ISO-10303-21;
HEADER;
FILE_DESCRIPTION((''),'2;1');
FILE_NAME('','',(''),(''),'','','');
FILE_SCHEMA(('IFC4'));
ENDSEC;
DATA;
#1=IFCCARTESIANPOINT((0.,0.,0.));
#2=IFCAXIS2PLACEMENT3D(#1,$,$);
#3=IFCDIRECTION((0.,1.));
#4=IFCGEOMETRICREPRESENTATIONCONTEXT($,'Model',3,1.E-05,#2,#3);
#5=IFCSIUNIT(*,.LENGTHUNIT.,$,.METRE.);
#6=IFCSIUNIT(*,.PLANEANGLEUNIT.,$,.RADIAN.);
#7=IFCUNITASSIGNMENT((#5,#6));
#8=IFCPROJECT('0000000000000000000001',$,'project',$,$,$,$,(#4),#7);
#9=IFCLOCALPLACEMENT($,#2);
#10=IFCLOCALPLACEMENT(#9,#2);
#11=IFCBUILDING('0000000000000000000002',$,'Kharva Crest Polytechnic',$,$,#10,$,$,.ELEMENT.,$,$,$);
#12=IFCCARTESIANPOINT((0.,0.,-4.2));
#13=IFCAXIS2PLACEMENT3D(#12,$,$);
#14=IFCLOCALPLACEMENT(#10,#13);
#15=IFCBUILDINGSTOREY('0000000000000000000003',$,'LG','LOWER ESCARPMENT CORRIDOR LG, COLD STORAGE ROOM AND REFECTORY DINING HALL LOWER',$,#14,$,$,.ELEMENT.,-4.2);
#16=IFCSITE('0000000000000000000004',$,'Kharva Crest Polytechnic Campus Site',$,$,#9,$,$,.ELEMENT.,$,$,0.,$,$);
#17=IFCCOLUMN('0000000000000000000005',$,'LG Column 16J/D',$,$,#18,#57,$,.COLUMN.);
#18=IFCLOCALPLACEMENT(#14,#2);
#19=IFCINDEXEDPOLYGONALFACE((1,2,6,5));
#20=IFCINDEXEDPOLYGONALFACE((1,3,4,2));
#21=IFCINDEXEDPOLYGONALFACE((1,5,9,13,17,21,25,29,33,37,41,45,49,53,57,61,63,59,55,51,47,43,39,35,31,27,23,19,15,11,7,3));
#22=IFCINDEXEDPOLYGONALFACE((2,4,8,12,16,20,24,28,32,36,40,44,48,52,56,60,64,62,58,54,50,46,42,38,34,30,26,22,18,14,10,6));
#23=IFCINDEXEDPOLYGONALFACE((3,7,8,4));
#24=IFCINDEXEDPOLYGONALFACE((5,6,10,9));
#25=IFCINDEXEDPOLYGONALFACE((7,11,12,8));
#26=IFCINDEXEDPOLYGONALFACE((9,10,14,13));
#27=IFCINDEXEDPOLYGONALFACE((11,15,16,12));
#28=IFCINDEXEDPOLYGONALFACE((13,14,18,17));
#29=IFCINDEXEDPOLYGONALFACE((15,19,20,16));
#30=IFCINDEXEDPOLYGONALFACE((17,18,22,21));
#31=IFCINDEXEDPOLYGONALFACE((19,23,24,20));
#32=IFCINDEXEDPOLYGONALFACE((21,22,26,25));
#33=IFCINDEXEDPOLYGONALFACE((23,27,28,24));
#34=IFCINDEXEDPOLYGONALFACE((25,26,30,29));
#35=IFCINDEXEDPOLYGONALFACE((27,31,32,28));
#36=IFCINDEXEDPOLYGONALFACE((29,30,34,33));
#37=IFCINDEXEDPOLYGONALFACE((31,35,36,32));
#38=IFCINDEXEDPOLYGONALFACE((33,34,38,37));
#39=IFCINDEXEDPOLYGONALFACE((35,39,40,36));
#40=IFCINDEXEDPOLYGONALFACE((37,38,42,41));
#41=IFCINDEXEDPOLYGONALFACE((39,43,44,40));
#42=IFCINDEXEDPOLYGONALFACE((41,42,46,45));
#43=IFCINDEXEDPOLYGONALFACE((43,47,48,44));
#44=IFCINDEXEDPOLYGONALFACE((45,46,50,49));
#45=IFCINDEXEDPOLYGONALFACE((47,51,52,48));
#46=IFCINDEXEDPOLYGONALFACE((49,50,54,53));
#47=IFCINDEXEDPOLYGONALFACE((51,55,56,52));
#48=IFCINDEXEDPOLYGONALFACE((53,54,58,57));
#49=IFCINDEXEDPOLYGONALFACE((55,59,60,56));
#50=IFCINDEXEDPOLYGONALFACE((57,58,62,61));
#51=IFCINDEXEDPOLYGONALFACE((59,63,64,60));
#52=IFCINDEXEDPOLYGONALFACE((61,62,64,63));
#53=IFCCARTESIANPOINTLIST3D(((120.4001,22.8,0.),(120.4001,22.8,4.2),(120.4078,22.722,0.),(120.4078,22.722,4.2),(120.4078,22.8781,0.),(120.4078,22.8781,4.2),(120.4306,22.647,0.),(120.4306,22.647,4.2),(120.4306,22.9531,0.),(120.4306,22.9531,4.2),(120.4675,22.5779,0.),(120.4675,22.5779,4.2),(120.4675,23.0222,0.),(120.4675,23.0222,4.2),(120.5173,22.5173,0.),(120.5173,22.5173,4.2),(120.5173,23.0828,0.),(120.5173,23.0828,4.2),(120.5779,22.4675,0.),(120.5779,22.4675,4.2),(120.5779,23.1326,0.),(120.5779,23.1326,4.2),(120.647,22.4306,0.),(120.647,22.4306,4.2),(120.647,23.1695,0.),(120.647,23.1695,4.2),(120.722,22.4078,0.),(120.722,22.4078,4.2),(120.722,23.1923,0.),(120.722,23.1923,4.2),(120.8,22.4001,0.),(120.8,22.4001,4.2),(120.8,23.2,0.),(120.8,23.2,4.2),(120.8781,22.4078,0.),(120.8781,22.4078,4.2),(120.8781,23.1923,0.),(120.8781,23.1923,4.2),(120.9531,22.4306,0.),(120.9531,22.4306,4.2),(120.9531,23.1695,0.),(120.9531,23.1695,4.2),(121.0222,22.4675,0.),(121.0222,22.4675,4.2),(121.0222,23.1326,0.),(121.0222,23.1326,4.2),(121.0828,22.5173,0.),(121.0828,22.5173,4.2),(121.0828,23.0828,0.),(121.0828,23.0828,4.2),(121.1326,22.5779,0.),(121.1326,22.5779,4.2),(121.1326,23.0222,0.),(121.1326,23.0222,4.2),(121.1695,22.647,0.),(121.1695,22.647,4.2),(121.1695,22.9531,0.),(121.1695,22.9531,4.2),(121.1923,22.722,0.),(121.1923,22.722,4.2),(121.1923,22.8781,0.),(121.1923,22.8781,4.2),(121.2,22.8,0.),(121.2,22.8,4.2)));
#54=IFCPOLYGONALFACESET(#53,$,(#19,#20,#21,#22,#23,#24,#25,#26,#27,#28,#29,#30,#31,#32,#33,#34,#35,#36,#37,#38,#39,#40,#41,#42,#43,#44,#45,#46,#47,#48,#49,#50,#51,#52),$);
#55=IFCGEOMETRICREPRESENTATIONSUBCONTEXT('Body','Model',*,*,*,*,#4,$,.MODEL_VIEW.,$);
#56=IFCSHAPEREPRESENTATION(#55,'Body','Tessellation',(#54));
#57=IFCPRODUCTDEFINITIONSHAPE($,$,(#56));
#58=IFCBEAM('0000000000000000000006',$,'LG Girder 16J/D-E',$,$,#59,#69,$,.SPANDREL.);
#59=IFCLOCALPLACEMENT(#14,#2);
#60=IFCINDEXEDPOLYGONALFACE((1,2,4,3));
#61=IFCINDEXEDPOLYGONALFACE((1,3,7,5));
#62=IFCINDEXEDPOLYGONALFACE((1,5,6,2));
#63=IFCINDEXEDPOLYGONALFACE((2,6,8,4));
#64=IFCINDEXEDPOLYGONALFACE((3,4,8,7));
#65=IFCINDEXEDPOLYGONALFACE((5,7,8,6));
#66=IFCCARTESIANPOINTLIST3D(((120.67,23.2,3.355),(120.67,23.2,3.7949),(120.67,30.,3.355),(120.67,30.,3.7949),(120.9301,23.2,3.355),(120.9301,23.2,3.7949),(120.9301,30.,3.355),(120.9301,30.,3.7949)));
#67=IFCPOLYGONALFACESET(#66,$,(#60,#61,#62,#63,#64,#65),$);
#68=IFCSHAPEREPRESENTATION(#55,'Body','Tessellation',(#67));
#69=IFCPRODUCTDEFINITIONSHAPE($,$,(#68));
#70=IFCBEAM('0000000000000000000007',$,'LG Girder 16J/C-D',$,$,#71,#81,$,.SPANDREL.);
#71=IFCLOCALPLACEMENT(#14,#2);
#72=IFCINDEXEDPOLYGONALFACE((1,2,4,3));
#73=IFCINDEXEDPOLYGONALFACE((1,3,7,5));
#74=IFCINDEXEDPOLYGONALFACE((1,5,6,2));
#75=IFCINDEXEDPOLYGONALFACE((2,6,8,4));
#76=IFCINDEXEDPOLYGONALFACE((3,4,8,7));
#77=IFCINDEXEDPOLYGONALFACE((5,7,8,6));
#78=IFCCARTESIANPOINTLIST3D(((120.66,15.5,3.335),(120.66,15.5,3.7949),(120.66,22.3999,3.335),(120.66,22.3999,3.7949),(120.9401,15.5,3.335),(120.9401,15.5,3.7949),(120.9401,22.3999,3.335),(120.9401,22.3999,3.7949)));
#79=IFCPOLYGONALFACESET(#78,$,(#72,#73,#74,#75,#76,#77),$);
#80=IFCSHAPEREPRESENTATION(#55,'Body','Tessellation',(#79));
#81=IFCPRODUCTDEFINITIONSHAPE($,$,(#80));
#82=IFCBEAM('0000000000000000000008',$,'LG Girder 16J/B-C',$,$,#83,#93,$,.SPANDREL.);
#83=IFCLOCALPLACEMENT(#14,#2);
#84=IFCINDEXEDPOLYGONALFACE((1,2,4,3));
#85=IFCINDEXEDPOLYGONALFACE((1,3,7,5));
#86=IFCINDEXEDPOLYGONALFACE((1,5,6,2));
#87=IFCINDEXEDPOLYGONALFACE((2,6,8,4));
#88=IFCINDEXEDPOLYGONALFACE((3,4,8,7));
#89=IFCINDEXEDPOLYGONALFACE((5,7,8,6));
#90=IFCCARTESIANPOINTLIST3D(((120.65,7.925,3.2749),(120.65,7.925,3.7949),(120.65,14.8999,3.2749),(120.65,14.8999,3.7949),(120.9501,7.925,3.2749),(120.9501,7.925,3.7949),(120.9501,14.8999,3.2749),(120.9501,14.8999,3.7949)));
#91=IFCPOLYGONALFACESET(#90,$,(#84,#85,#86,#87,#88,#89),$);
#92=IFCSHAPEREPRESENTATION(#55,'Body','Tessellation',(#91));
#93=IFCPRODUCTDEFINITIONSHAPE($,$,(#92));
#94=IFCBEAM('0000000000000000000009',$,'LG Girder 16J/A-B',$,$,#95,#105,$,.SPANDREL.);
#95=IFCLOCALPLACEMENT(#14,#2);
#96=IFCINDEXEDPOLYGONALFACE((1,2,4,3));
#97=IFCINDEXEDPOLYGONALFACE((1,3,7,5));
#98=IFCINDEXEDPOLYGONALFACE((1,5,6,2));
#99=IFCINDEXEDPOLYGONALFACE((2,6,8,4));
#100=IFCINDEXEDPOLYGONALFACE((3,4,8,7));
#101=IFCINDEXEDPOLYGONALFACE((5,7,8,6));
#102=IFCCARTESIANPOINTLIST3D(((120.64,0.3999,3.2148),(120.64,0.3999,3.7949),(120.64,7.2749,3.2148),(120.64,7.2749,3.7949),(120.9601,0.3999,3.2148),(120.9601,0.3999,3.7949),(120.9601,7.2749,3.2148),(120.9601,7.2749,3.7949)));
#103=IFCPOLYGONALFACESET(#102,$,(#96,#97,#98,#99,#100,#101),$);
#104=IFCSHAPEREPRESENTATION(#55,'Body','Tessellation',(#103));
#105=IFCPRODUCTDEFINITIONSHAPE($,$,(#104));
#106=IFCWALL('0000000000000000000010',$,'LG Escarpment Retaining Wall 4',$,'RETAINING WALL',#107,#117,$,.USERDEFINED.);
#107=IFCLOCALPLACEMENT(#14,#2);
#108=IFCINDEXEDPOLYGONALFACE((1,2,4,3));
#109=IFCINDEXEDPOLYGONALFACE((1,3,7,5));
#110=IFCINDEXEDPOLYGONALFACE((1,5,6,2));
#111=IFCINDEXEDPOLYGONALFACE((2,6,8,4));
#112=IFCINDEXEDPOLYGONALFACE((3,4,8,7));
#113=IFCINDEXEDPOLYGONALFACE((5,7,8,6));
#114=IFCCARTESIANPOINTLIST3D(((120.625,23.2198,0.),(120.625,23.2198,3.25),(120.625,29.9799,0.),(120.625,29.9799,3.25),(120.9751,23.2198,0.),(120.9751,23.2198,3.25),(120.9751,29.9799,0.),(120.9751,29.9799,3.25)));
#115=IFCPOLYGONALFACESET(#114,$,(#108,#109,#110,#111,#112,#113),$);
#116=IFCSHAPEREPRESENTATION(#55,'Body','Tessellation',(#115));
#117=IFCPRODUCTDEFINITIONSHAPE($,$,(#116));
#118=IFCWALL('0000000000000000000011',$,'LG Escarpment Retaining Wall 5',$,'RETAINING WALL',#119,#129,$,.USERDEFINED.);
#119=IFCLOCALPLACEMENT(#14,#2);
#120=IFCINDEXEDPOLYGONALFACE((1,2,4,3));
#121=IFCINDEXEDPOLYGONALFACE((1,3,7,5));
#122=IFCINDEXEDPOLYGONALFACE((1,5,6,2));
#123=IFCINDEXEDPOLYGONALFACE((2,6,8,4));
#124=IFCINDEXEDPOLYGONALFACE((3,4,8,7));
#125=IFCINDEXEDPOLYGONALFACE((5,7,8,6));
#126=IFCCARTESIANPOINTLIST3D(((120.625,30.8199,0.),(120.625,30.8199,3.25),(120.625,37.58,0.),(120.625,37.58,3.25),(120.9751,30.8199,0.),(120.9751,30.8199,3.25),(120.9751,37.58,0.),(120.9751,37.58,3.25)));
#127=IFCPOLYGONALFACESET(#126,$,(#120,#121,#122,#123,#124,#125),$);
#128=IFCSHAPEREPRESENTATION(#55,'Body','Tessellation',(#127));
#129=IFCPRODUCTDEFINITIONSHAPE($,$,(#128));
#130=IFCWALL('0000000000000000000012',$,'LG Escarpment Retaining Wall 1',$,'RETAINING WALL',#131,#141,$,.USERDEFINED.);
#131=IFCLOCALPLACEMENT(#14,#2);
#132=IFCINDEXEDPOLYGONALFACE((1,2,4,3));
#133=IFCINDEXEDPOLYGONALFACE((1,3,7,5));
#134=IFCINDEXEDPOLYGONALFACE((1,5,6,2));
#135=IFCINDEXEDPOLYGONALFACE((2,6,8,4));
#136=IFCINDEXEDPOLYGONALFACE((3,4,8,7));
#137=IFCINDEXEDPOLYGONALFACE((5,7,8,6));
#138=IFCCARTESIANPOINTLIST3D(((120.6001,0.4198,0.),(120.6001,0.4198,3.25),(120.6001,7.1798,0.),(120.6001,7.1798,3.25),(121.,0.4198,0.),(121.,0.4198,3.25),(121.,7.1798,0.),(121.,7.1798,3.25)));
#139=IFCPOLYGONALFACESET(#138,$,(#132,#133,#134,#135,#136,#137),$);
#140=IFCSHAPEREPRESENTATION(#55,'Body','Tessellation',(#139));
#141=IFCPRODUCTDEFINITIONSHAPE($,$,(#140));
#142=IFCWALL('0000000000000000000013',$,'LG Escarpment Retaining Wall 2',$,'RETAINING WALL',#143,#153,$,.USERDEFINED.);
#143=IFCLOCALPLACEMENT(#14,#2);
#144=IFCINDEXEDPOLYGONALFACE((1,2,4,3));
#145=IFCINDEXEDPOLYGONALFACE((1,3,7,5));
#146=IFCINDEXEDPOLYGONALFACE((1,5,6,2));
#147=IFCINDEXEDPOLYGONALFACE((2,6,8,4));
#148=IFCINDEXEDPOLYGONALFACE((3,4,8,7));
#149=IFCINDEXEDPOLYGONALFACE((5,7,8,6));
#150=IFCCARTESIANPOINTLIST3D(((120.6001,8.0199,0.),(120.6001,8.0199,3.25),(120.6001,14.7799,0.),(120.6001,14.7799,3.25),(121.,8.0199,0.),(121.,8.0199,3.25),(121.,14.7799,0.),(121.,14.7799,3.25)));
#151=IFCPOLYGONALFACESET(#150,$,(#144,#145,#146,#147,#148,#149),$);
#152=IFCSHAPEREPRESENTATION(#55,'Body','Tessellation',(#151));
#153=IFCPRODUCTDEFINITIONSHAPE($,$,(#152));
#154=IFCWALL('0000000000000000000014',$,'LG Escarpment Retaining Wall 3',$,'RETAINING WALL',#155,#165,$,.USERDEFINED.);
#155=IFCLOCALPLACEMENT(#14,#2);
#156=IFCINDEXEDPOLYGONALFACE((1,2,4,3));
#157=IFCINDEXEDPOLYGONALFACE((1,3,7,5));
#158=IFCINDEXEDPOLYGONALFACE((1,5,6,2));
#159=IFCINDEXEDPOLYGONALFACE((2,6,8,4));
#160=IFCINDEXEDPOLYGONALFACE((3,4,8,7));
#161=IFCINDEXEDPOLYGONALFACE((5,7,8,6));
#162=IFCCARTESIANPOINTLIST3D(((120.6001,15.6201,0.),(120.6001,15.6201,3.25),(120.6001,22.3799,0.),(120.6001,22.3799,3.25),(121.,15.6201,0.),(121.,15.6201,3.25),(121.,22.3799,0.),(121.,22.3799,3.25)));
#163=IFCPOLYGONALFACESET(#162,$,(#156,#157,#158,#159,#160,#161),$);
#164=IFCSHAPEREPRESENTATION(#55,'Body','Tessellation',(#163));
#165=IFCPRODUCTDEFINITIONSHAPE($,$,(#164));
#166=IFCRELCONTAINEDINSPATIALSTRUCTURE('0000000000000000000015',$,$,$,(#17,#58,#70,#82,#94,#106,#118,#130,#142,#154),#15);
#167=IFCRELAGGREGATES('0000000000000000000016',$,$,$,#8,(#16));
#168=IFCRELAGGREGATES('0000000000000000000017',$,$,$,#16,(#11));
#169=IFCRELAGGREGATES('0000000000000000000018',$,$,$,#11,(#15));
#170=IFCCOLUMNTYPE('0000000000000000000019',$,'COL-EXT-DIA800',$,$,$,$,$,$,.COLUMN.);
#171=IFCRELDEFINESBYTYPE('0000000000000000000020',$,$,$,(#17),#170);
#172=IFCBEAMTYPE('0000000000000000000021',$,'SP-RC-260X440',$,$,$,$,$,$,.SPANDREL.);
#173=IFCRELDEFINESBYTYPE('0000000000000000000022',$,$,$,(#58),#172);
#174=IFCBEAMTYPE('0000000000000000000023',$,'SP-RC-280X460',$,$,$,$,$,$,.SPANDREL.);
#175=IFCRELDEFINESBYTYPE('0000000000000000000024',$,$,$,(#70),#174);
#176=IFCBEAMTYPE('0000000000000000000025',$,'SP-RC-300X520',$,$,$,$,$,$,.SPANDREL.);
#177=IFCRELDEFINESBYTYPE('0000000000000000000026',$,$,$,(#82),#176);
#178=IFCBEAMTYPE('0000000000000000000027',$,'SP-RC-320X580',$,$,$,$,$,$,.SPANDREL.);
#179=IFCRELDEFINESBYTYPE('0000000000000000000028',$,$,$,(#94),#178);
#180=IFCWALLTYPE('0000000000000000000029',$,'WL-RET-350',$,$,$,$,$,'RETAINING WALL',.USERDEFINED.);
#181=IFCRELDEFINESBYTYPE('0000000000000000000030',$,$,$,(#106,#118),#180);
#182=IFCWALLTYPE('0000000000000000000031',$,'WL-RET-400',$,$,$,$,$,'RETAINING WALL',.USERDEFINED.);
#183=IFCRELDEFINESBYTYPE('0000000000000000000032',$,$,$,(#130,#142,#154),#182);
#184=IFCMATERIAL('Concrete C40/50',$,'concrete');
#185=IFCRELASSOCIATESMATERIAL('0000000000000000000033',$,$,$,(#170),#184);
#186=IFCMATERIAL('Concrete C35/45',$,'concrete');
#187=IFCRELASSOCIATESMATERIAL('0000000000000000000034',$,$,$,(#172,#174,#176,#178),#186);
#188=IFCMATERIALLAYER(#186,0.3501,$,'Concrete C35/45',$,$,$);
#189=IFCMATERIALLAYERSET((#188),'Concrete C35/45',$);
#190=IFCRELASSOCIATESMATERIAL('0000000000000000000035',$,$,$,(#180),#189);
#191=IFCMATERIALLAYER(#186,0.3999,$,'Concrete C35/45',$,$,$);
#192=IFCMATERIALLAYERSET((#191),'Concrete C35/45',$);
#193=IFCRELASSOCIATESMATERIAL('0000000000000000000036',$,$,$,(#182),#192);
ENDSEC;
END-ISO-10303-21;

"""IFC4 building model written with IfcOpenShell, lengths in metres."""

from ifc_helpers import new_model, si_unit, direction, frame, frame_2d, origin, origin_2d, place, context, subcontext, project, spatial, rectangle, circle, extrude, material, layer, layer_set, material_profile, profile_set, type_object, element, save


model = new_model("IFC4")

# Units and contexts
model_context = context("Model", 3, precision=1e-05, world=origin(), true_north=direction((0.0, 1.0)))
body_context = subcontext(model_context, "Body", "Model", "MODEL_VIEW")
ifc_project = project(units=[si_unit("LENGTHUNIT", "METRE"), si_unit("PLANEANGLEUNIT", "RADIAN")], contexts=[model_context])

# Site, building, storey
site_placement = place(None, origin())
site = spatial("IfcSite", under=ifc_project, at=site_placement, Name="Kharva Crest Polytechnic Campus Site", CompositionType="ELEMENT", RefElevation=0.0)
building_placement = place(site_placement, origin())
building = spatial("IfcBuilding", under=site, at=building_placement, Name="Kharva Crest Polytechnic", CompositionType="ELEMENT")
storey_placement = place(building_placement, frame((0.0, 0.0, -4.2)))
storey = spatial("IfcBuildingStorey", under=building, at=storey_placement, Name="LG", Description="LOWER ESCARPMENT CORRIDOR LG, COLD STORAGE ROOM AND REFECTORY DINING HALL LOWER", CompositionType="ELEMENT", Elevation=-4.2)

# Shared definitions
ifc_material_1 = material(Name="Concrete C35/45", Category="concrete")

# Column
ifc_material_2 = material(Name="Concrete C40/50", Category="concrete")
ifc_material_profile_1 = material_profile(ifc_material_2, circle(Radius=0.3999, at=origin_2d()), Name="DIA 800")
ifc_profile_set_1 = profile_set([ifc_material_profile_1], Name="Concrete C40/50")
column_type_1 = type_object("IfcColumnType", Name="COL-EXT-DIA800", PredefinedType="COLUMN", material=ifc_profile_set_1)
column_1_placement = place(storey_placement, frame((120.8, 22.8, 0.0), z_axis=(0.0, 0.0, 1.0), x_axis=(1.0, 0.0, 0.0)))
element("IfcColumn", 1, at=column_1_placement, inside=storey, type_object=column_type_1, Name="LG Column 16J/D", PredefinedType="COLUMN", context=body_context, shape_type="SweptSolid", body=[
    extrude(circle(Radius=0.3999, at=origin_2d()), origin(), (0.0, 0.0, 1.0), 4.2),
])

# Beams
ifc_material_profile_2 = material_profile(ifc_material_1, rectangle(XDim=0.26, YDim=0.4399, at=origin_2d()), Name="RECT 260 X 440")
ifc_profile_set_2 = profile_set([ifc_material_profile_2], Name="Concrete C35/45")
beam_type_1 = type_object("IfcBeamType", Name="SP-RC-260X440", PredefinedType="SPANDREL", material=ifc_profile_set_2)
beam_1_placement = place(storey_placement, frame((120.8, 23.2, 3.575), z_axis=(0.0, 1.0, 0.0), x_axis=(-1.0, 0.0, 0.0)))
element("IfcBeam", 2, at=beam_1_placement, inside=storey, type_object=beam_type_1, Name="LG Girder 16J/D-E", PredefinedType="SPANDREL", context=body_context, shape_type="SweptSolid", body=[
    extrude(rectangle(XDim=0.26, YDim=0.4399, at=origin_2d()), origin(), (0.0, 0.0, 1.0), 6.8),
])
ifc_material_profile_3 = material_profile(ifc_material_1, rectangle(XDim=0.28, YDim=0.46, at=origin_2d()), Name="RECT 280 X 460")
ifc_profile_set_3 = profile_set([ifc_material_profile_3], Name="Concrete C35/45")
beam_type_2 = type_object("IfcBeamType", Name="SP-RC-280X460", PredefinedType="SPANDREL", material=ifc_profile_set_3)
beam_2_placement = place(storey_placement, frame((120.8, 15.5, 3.5649), z_axis=(0.0, 1.0, 0.0), x_axis=(-1.0, 0.0, 0.0)))
element("IfcBeam", 3, at=beam_2_placement, inside=storey, type_object=beam_type_2, Name="LG Girder 16J/C-D", PredefinedType="SPANDREL", context=body_context, shape_type="SweptSolid", body=[
    extrude(rectangle(XDim=0.28, YDim=0.46, at=origin_2d()), origin(), (0.0, 0.0, 1.0), 6.8999),
])
ifc_material_profile_4 = material_profile(ifc_material_1, rectangle(XDim=0.3, YDim=0.52, at=origin_2d()), Name="RECT 300 X 520")
ifc_profile_set_4 = profile_set([ifc_material_profile_4], Name="Concrete C35/45")
beam_type_3 = type_object("IfcBeamType", Name="SP-RC-300X520", PredefinedType="SPANDREL", material=ifc_profile_set_4)
beam_3_placement = place(storey_placement, frame((120.8, 7.925, 3.5349), z_axis=(0.0, 1.0, 0.0), x_axis=(-1.0, 0.0, 0.0)))
element("IfcBeam", 4, at=beam_3_placement, inside=storey, type_object=beam_type_3, Name="LG Girder 16J/B-C", PredefinedType="SPANDREL", context=body_context, shape_type="SweptSolid", body=[
    extrude(rectangle(XDim=0.3, YDim=0.52, at=origin_2d()), origin(), (0.0, 0.0, 1.0), 6.9749),
])
ifc_material_profile_5 = material_profile(ifc_material_1, rectangle(XDim=0.3201, YDim=0.5801, at=origin_2d()), Name="RECT 320 X 580")
ifc_profile_set_5 = profile_set([ifc_material_profile_5], Name="Concrete C35/45")
beam_type_4 = type_object("IfcBeamType", Name="SP-RC-320X580", PredefinedType="SPANDREL", material=ifc_profile_set_5)
beam_4_placement = place(storey_placement, frame((120.8, 0.3999, 3.5049), z_axis=(0.0, 1.0, 0.0), x_axis=(-1.0, 0.0, 0.0)))
element("IfcBeam", 5, at=beam_4_placement, inside=storey, type_object=beam_type_4, Name="LG Girder 16J/A-B", PredefinedType="SPANDREL", context=body_context, shape_type="SweptSolid", body=[
    extrude(rectangle(XDim=0.3201, YDim=0.5801, at=origin_2d()), origin(), (0.0, 0.0, 1.0), 6.875),
])

# Walls
ifc_layer_1 = layer(ifc_material_1, 0.3501, Name="Concrete C35/45")
ifc_layer_set_1 = layer_set([ifc_layer_1], Name="Concrete C35/45")
wall_type_1 = type_object("IfcWallType", Name="WL-RET-350", ElementType="RETAINING WALL", PredefinedType="USERDEFINED", material=ifc_layer_set_1)
for number, where, z_axis, x_axis, name in (
    (6, (120.8, 23.22, 0.0), (0.0, 0.0, 1.0), (0.0, 1.0, 0.0), "LG Escarpment Retaining Wall 4"),
    (7, (120.8, 30.8201, 0.0), (0.0, 0.0, 1.0), (0.0, 1.0, 0.0), "LG Escarpment Retaining Wall 5"),
):
    element("IfcWall", number, at=place(storey_placement, frame(where, z_axis=z_axis, x_axis=x_axis)), inside=storey, type_object=wall_type_1, Name=name, ObjectType="RETAINING WALL", PredefinedType="USERDEFINED", context=body_context, shape_type="SweptSolid", body=[
        extrude(rectangle(XDim=6.76, YDim=0.3501, at=frame_2d((3.3799, 0.0))), origin(), (0.0, 0.0, 1.0), 3.25),
    ])
ifc_layer_2 = layer(ifc_material_1, 0.3999, Name="Concrete C35/45")
ifc_layer_set_2 = layer_set([ifc_layer_2], Name="Concrete C35/45")
wall_type_2 = type_object("IfcWallType", Name="WL-RET-400", ElementType="RETAINING WALL", PredefinedType="USERDEFINED", material=ifc_layer_set_2)
for number, where, z_axis, x_axis, name in (
    (8, (120.8, 0.4199, 0.0), (0.0, 0.0, 1.0), (0.0, 1.0, 0.0), "LG Escarpment Retaining Wall 1"),
    (9, (120.8, 8.02, 0.0), (0.0, 0.0, 1.0), (0.0, 1.0, 0.0), "LG Escarpment Retaining Wall 2"),
):
    element("IfcWall", number, at=place(storey_placement, frame(where, z_axis=z_axis, x_axis=x_axis)), inside=storey, type_object=wall_type_2, Name=name, ObjectType="RETAINING WALL", PredefinedType="USERDEFINED", context=body_context, shape_type="SweptSolid", body=[
        extrude(rectangle(XDim=6.76, YDim=0.3999, at=frame_2d((3.3799, 0.0))), origin(), (0.0, 0.0, 1.0), 3.25),
    ])
wall_placement = place(storey_placement, frame((120.8, 15.6201, 0.0), z_axis=(0.0, 0.0, 1.0), x_axis=(0.0, 1.0, 0.0)))
element("IfcWall", 10, at=wall_placement, inside=storey, type_object=wall_type_2, Name="LG Escarpment Retaining Wall 3", ObjectType="RETAINING WALL", PredefinedType="USERDEFINED", context=body_context, shape_type="SweptSolid", body=[
    extrude(rectangle(XDim=6.7598, YDim=0.3999, at=frame_2d((3.3799, 0.0))), origin(), (0.0, 0.0, 1.0), 3.25),
])

save(model, "model.ifc")
